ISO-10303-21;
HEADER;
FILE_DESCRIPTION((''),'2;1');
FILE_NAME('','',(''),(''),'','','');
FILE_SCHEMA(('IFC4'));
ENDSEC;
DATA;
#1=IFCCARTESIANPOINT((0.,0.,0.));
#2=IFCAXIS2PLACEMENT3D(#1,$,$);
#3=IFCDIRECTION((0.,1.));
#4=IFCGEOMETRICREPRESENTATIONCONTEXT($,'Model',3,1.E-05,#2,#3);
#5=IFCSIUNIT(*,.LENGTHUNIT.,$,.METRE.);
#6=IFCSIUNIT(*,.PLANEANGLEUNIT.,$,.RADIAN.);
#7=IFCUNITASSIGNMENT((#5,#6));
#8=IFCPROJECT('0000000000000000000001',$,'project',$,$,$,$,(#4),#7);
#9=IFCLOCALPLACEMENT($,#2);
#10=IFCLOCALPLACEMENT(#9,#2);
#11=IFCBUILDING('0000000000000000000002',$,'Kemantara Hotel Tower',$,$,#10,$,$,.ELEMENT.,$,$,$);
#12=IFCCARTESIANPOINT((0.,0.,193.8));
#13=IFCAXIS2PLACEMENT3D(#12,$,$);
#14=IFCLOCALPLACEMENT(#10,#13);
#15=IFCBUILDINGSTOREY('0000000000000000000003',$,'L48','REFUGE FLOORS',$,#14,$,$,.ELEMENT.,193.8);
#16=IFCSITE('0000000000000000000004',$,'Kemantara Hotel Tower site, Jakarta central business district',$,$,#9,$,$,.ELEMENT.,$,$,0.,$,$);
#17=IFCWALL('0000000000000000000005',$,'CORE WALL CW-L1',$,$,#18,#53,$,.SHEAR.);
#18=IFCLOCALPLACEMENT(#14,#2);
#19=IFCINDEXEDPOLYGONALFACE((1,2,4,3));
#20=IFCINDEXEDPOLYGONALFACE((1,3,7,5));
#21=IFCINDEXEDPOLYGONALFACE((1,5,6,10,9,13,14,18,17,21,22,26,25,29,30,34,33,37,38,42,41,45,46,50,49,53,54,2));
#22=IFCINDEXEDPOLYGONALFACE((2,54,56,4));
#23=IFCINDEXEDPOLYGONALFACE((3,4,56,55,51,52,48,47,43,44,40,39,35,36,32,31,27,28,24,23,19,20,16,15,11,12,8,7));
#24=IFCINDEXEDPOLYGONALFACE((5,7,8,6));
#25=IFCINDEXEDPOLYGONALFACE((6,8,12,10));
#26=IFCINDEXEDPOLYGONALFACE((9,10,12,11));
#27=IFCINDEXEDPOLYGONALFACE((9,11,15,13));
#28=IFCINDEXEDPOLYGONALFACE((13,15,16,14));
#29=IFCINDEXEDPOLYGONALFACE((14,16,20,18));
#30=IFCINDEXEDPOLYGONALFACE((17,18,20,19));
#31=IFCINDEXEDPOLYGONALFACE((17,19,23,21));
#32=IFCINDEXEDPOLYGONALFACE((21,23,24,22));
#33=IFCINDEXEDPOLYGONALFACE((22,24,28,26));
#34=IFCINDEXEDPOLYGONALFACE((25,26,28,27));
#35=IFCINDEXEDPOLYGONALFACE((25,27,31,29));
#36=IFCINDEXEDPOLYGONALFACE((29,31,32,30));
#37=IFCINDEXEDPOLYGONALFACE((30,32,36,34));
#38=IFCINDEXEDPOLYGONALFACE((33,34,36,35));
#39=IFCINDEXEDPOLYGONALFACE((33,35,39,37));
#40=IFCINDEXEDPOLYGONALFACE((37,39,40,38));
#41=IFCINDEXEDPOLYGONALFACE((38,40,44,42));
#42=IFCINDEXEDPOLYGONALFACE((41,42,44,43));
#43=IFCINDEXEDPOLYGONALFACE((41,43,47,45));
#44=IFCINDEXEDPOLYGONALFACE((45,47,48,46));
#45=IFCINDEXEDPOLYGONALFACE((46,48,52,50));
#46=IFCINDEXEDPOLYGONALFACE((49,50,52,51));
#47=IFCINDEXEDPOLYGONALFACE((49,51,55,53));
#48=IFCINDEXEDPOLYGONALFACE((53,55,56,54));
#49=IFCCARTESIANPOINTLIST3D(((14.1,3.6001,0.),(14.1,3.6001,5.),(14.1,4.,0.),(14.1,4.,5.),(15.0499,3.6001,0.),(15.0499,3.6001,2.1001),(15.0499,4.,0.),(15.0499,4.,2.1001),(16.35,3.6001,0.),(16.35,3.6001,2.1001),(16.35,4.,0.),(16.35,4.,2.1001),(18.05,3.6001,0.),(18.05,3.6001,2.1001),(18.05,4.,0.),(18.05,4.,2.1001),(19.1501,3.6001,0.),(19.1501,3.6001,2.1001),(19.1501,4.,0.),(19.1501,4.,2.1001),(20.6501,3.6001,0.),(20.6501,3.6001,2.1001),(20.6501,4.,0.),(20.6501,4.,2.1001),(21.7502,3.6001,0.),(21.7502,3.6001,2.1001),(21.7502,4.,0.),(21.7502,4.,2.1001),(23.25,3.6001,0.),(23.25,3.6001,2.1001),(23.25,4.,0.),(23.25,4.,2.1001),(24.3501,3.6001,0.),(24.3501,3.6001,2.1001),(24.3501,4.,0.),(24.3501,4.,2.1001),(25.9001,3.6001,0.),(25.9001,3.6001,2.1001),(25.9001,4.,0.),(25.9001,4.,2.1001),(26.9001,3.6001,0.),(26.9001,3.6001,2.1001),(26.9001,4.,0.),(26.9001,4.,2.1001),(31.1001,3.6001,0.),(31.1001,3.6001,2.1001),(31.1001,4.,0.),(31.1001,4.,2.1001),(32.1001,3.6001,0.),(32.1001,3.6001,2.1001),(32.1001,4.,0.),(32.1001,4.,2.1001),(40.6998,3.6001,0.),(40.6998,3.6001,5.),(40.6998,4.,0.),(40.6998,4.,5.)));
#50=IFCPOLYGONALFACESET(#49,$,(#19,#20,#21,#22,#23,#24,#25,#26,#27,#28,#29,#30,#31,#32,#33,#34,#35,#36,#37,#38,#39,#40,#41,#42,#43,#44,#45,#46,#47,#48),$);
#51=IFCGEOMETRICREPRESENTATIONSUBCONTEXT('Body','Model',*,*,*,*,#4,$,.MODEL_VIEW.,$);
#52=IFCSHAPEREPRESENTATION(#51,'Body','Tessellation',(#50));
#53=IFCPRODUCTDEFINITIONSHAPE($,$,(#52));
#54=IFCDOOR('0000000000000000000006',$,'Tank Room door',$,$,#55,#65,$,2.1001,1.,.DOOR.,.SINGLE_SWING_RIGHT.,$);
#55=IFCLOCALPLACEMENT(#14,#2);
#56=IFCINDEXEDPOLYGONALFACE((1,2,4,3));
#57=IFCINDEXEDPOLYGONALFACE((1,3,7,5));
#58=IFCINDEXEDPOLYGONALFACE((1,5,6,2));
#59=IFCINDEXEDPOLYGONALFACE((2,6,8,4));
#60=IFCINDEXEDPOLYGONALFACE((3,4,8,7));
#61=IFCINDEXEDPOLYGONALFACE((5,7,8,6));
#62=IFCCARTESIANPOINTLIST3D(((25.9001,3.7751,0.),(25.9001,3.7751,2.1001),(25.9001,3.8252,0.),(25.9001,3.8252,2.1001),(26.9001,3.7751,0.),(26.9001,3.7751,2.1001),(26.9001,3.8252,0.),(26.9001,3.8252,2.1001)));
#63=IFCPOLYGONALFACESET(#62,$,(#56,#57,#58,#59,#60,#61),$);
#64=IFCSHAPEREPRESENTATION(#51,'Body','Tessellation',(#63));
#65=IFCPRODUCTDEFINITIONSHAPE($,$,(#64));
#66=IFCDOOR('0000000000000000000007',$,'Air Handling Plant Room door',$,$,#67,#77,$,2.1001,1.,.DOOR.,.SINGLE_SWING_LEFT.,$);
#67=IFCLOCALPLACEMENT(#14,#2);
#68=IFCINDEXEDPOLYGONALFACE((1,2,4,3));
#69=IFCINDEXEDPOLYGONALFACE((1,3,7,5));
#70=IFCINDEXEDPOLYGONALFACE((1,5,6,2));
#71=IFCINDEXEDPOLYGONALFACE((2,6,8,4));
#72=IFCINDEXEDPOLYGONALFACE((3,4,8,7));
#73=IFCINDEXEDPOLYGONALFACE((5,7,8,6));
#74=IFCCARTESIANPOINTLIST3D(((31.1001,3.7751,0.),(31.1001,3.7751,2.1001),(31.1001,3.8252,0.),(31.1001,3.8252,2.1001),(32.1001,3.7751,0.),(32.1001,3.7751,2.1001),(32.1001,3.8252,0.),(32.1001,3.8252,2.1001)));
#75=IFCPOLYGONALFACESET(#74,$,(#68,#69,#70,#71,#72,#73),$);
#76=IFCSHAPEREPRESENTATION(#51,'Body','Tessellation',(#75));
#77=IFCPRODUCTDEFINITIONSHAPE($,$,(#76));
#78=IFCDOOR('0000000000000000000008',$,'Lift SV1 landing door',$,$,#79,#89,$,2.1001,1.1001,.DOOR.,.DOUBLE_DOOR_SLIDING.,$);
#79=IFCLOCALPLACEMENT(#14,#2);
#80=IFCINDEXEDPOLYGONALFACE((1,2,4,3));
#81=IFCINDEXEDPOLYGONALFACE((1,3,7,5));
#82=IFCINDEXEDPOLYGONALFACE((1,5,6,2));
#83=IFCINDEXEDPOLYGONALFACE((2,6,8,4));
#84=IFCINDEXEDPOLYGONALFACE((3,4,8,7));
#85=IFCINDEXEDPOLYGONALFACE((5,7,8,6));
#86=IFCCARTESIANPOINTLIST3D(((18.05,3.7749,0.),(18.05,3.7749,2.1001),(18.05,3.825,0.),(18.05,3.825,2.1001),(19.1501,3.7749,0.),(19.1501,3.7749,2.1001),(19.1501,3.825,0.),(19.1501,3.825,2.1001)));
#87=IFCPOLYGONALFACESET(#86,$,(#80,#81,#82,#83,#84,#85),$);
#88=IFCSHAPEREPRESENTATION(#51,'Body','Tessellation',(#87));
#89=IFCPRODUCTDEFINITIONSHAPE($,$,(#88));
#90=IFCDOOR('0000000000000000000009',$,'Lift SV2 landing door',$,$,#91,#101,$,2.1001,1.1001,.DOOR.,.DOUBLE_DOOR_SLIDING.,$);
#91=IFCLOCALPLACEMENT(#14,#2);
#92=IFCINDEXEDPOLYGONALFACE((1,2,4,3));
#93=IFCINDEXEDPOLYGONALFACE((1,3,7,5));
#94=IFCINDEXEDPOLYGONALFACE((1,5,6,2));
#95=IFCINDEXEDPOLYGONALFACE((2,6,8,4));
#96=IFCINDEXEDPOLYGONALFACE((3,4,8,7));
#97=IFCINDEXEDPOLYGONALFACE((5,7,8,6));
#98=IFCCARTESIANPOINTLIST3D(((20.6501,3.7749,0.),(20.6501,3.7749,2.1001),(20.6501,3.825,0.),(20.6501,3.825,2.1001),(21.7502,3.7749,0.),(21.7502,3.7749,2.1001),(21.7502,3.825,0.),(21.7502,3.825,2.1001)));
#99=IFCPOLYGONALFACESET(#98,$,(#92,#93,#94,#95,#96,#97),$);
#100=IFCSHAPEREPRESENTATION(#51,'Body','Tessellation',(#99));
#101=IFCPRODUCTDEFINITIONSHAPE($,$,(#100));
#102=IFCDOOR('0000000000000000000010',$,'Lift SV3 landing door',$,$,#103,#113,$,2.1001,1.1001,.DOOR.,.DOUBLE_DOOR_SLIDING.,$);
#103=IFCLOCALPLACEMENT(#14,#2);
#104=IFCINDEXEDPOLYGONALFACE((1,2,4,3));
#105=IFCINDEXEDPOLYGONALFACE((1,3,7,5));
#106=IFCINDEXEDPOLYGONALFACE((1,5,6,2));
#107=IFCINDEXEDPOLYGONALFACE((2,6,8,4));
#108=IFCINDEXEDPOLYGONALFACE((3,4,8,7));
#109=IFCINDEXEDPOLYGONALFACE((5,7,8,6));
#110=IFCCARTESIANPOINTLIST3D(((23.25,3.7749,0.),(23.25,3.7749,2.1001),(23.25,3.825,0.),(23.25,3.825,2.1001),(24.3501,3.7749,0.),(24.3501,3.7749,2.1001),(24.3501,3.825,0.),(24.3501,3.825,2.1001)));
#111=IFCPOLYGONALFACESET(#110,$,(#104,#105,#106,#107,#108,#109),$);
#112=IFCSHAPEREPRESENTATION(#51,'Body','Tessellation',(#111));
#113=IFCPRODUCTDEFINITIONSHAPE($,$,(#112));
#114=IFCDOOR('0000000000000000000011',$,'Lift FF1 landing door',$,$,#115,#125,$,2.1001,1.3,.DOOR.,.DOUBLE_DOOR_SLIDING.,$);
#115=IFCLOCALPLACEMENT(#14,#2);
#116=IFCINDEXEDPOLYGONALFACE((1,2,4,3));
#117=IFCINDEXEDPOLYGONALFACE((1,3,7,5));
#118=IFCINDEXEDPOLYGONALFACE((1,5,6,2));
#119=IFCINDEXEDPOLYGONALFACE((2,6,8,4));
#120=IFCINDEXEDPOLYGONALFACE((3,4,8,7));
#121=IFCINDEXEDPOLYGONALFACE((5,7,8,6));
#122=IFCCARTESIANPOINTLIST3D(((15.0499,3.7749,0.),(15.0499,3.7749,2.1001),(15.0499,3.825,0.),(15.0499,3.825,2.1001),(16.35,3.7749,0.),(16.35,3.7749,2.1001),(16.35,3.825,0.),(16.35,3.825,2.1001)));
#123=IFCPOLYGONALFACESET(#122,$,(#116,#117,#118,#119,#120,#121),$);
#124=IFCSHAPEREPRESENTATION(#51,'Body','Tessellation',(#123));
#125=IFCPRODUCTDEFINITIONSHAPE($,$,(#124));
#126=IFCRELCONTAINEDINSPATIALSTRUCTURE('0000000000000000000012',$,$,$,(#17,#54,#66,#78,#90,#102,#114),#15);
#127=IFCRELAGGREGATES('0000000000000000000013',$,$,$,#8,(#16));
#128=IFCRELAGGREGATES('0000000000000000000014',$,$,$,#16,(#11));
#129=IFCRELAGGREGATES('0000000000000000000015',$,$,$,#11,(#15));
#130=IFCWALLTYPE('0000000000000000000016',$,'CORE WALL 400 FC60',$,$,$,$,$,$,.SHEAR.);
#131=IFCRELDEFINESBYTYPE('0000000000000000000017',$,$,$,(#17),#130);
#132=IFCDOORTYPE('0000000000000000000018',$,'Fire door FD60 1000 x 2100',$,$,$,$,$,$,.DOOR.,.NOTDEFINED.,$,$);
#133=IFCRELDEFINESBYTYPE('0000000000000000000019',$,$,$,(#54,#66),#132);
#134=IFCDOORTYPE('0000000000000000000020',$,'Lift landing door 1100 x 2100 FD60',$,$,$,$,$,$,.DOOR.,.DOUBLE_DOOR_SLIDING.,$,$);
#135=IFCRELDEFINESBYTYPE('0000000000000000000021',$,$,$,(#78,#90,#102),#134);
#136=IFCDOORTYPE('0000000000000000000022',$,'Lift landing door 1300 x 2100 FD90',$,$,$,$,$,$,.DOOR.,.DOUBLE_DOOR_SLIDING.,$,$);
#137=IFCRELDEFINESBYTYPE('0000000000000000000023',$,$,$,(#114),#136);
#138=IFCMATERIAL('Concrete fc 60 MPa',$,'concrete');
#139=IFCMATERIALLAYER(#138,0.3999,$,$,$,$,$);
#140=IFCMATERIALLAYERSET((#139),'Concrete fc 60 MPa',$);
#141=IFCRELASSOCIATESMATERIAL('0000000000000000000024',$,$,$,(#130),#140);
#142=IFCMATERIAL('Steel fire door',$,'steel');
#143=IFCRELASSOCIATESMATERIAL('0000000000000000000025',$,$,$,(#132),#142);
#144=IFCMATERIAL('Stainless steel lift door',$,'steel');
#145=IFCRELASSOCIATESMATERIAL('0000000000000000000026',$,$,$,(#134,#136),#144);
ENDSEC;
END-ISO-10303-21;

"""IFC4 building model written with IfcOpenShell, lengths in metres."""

from ifc_helpers import new_model, si_unit, direction, frame, frame_2d, origin, place, context, subcontext, project, spatial, rectangle, extrude, material, layer, layer_set, type_object, element, fill, save


model = new_model("IFC4")

# Units and contexts
model_context = context("Model", 3, precision=1e-05, world=origin(), true_north=direction((0.0, 1.0)))
body_context = subcontext(model_context, "Body", "Model", "MODEL_VIEW")
ifc_project = project(units=[si_unit("LENGTHUNIT", "METRE"), si_unit("PLANEANGLEUNIT", "RADIAN")], contexts=[model_context])

# Site, building, storey
site_placement = place(None, origin())
site = spatial("IfcSite", under=ifc_project, at=site_placement, Name="Kemantara Hotel Tower site, Jakarta central business district", CompositionType="ELEMENT", RefElevation=0.0)
building_placement = place(site_placement, origin())
building = spatial("IfcBuilding", under=site, at=building_placement, Name="Kemantara Hotel Tower", CompositionType="ELEMENT")
storey_placement = place(building_placement, frame((0.0, 0.0, 193.8)))
storey = spatial("IfcBuildingStorey", under=building, at=storey_placement, Name="L48", Description="REFUGE FLOORS", CompositionType="ELEMENT", Elevation=193.8)

# Shared definitions
ifc_material_1 = material(Name="Concrete fc 60 MPa", Category="concrete")

# Wall, openings, doors
ifc_layer_1 = layer(ifc_material_1, 0.3999)
ifc_layer_set_1 = layer_set([ifc_layer_1], Name="Concrete fc 60 MPa")
wall_type_1 = type_object("IfcWallType", Name="CORE WALL 400 FC60", PredefinedType="SHEAR", material=ifc_layer_set_1)
wall_1_placement = place(storey_placement, frame((14.1001, 3.8, 0.0), z_axis=(0.0, 0.0, 1.0), x_axis=(1.0, 0.0, 0.0)))
wall_1 = element("IfcWall", 1, at=wall_1_placement, inside=storey, type_object=wall_type_1, Name="CORE WALL CW-L1", PredefinedType="SHEAR", context=body_context, shape_type="SweptSolid", body=[
    extrude(rectangle(XDim=26.5999, YDim=0.3999, at=frame_2d((13.2998, 0.0))), origin(), (0.0, 0.0, 1.0), 5.0),
])
opening_1_placement = place(wall_1_placement, frame((0.95, 0.0, 0.0)))
opening_1 = element("IfcOpeningElement", 2, at=opening_1_placement, cuts=wall_1, PredefinedType="OPENING", context=body_context, shape_type="SweptSolid", body=[
    extrude(rectangle(XDim=1.3, YDim=2.1001, at=frame_2d((0.6499, 1.05))), frame((0.0, 0.21, 0.0), z_axis=(0.0, -1.0, 0.0), x_axis=(1.0, 0.0, 0.0)), (0.0, 0.0, 1.0), 0.4199),
])
opening_2_placement = place(wall_1_placement, frame((3.95, 0.0, 0.0)))
opening_2 = element("IfcOpeningElement", 3, at=opening_2_placement, cuts=wall_1, PredefinedType="OPENING", context=body_context, shape_type="SweptSolid", body=[
    extrude(rectangle(XDim=1.1001, YDim=2.1001, at=frame_2d((0.55, 1.05))), frame((0.0, 0.21, 0.0), z_axis=(0.0, -1.0, 0.0), x_axis=(1.0, 0.0, 0.0)), (0.0, 0.0, 1.0), 0.4199),
])
opening_3_placement = place(wall_1_placement, frame((6.55, 0.0, 0.0)))
opening_3 = element("IfcOpeningElement", 4, at=opening_3_placement, cuts=wall_1, PredefinedType="OPENING", context=body_context, shape_type="SweptSolid", body=[
    extrude(rectangle(XDim=1.1001, YDim=2.1001, at=frame_2d((0.55, 1.05))), frame((0.0, 0.21, 0.0), z_axis=(0.0, -1.0, 0.0), x_axis=(1.0, 0.0, 0.0)), (0.0, 0.0, 1.0), 0.4199),
])
opening_4_placement = place(wall_1_placement, frame((9.1499, 0.0, 0.0)))
opening_4 = element("IfcOpeningElement", 5, at=opening_4_placement, cuts=wall_1, PredefinedType="OPENING", context=body_context, shape_type="SweptSolid", body=[
    extrude(rectangle(XDim=1.1001, YDim=2.1001, at=frame_2d((0.55, 1.05))), frame((0.0, 0.21, 0.0), z_axis=(0.0, -1.0, 0.0), x_axis=(1.0, 0.0, 0.0)), (0.0, 0.0, 1.0), 0.4199),
])
opening_5_placement = place(wall_1_placement, frame((11.8, 0.0, 0.0)))
opening_5 = element("IfcOpeningElement", 6, at=opening_5_placement, cuts=wall_1, PredefinedType="OPENING", context=body_context, shape_type="SweptSolid", body=[
    extrude(rectangle(XDim=1.0, YDim=2.1001, at=frame_2d((0.5, 1.05))), frame((0.0, 0.21, 0.0), z_axis=(0.0, -1.0, 0.0), x_axis=(1.0, 0.0, 0.0)), (0.0, 0.0, 1.0), 0.4199),
])
opening_6_placement = place(wall_1_placement, frame((17.0, 0.0, 0.0)))
opening_6 = element("IfcOpeningElement", 7, at=opening_6_placement, cuts=wall_1, PredefinedType="OPENING", context=body_context, shape_type="SweptSolid", body=[
    extrude(rectangle(XDim=1.0, YDim=2.1001, at=frame_2d((0.5, 1.05))), frame((0.0, 0.21, 0.0), z_axis=(0.0, -1.0, 0.0), x_axis=(1.0, 0.0, 0.0)), (0.0, 0.0, 1.0), 0.4199),
])
ifc_material_2 = material(Name="Steel fire door", Category="steel")
door_type_1 = type_object("IfcDoorType", Name="Fire door FD60 1000 x 2100", OperationType="NOTDEFINED", PredefinedType="DOOR", material=ifc_material_2)
door_1_placement = place(opening_5_placement, frame((1.0, 0.0, 0.0), z_axis=(0.0, 0.0, 1.0), x_axis=(-1.0, 0.0, 0.0)))
door_1 = element("IfcDoor", 8, at=door_1_placement, inside=storey, type_object=door_type_1, Name="Tank Room door", OperationType="SINGLE_SWING_RIGHT", OverallHeight=2.1001, OverallWidth=1.0, PredefinedType="DOOR", context=body_context, shape_type="SweptSolid", body=[
    extrude(rectangle(XDim=1.0, YDim=2.1001, at=frame_2d((0.5, 1.05))), frame((0.0, 0.0249, 0.0), z_axis=(0.0, -1.0, 0.0), x_axis=(1.0, 0.0, 0.0)), (0.0, 0.0, 1.0), 0.05),
])
fill(opening_5, door_1)
door_2_placement = place(opening_6_placement, frame((1.0, 0.0, 0.0), z_axis=(0.0, 0.0, 1.0), x_axis=(-1.0, 0.0, 0.0)))
door_2 = element("IfcDoor", 9, at=door_2_placement, inside=storey, type_object=door_type_1, Name="Air Handling Plant Room door", OperationType="SINGLE_SWING_LEFT", OverallHeight=2.1001, OverallWidth=1.0, PredefinedType="DOOR", context=body_context, shape_type="SweptSolid", body=[
    extrude(rectangle(XDim=1.0, YDim=2.1001, at=frame_2d((0.5, 1.05))), frame((0.0, 0.0249, 0.0), z_axis=(0.0, -1.0, 0.0), x_axis=(1.0, 0.0, 0.0)), (0.0, 0.0, 1.0), 0.05),
])
fill(opening_6, door_2)
ifc_material_3 = material(Name="Stainless steel lift door", Category="steel")
door_type_2 = type_object("IfcDoorType", Name="Lift landing door 1100 x 2100 FD60", OperationType="DOUBLE_DOOR_SLIDING", PredefinedType="DOOR", material=ifc_material_3)
door_3_placement = place(opening_2_placement, origin())
door_3 = element("IfcDoor", 10, at=door_3_placement, inside=storey, type_object=door_type_2, Name="Lift SV1 landing door", OperationType="DOUBLE_DOOR_SLIDING", OverallHeight=2.1001, OverallWidth=1.1001, PredefinedType="DOOR", context=body_context, shape_type="SweptSolid", body=[
    extrude(rectangle(XDim=1.1001, YDim=2.1001, at=frame_2d((0.55, 1.05))), frame((0.0, 0.0249, 0.0), z_axis=(0.0, -1.0, 0.0), x_axis=(1.0, 0.0, 0.0)), (0.0, 0.0, 1.0), 0.05),
])
fill(opening_2, door_3)
door_4_placement = place(opening_3_placement, origin())
door_4 = element("IfcDoor", 11, at=door_4_placement, inside=storey, type_object=door_type_2, Name="Lift SV2 landing door", OperationType="DOUBLE_DOOR_SLIDING", OverallHeight=2.1001, OverallWidth=1.1001, PredefinedType="DOOR", context=body_context, shape_type="SweptSolid", body=[
    extrude(rectangle(XDim=1.1001, YDim=2.1001, at=frame_2d((0.55, 1.05))), frame((0.0, 0.0249, 0.0), z_axis=(0.0, -1.0, 0.0), x_axis=(1.0, 0.0, 0.0)), (0.0, 0.0, 1.0), 0.05),
])
fill(opening_3, door_4)
door_5_placement = place(opening_4_placement, origin())
door_5 = element("IfcDoor", 12, at=door_5_placement, inside=storey, type_object=door_type_2, Name="Lift SV3 landing door", OperationType="DOUBLE_DOOR_SLIDING", OverallHeight=2.1001, OverallWidth=1.1001, PredefinedType="DOOR", context=body_context, shape_type="SweptSolid", body=[
    extrude(rectangle(XDim=1.1001, YDim=2.1001, at=frame_2d((0.55, 1.05))), frame((0.0, 0.0249, 0.0), z_axis=(0.0, -1.0, 0.0), x_axis=(1.0, 0.0, 0.0)), (0.0, 0.0, 1.0), 0.05),
])
fill(opening_4, door_5)
door_type_3 = type_object("IfcDoorType", Name="Lift landing door 1300 x 2100 FD90", OperationType="DOUBLE_DOOR_SLIDING", PredefinedType="DOOR", material=ifc_material_3)
door_6_placement = place(opening_1_placement, origin())
door_6 = element("IfcDoor", 13, at=door_6_placement, inside=storey, type_object=door_type_3, Name="Lift FF1 landing door", OperationType="DOUBLE_DOOR_SLIDING", OverallHeight=2.1001, OverallWidth=1.3, PredefinedType="DOOR", context=body_context, shape_type="SweptSolid", body=[
    extrude(rectangle(XDim=1.3, YDim=2.1001, at=frame_2d((0.6499, 1.05))), frame((0.0, 0.0249, 0.0), z_axis=(0.0, -1.0, 0.0), x_axis=(1.0, 0.0, 0.0)), (0.0, 0.0, 1.0), 0.05),
])
fill(opening_1, door_6)

save(model, "model.ifc")
